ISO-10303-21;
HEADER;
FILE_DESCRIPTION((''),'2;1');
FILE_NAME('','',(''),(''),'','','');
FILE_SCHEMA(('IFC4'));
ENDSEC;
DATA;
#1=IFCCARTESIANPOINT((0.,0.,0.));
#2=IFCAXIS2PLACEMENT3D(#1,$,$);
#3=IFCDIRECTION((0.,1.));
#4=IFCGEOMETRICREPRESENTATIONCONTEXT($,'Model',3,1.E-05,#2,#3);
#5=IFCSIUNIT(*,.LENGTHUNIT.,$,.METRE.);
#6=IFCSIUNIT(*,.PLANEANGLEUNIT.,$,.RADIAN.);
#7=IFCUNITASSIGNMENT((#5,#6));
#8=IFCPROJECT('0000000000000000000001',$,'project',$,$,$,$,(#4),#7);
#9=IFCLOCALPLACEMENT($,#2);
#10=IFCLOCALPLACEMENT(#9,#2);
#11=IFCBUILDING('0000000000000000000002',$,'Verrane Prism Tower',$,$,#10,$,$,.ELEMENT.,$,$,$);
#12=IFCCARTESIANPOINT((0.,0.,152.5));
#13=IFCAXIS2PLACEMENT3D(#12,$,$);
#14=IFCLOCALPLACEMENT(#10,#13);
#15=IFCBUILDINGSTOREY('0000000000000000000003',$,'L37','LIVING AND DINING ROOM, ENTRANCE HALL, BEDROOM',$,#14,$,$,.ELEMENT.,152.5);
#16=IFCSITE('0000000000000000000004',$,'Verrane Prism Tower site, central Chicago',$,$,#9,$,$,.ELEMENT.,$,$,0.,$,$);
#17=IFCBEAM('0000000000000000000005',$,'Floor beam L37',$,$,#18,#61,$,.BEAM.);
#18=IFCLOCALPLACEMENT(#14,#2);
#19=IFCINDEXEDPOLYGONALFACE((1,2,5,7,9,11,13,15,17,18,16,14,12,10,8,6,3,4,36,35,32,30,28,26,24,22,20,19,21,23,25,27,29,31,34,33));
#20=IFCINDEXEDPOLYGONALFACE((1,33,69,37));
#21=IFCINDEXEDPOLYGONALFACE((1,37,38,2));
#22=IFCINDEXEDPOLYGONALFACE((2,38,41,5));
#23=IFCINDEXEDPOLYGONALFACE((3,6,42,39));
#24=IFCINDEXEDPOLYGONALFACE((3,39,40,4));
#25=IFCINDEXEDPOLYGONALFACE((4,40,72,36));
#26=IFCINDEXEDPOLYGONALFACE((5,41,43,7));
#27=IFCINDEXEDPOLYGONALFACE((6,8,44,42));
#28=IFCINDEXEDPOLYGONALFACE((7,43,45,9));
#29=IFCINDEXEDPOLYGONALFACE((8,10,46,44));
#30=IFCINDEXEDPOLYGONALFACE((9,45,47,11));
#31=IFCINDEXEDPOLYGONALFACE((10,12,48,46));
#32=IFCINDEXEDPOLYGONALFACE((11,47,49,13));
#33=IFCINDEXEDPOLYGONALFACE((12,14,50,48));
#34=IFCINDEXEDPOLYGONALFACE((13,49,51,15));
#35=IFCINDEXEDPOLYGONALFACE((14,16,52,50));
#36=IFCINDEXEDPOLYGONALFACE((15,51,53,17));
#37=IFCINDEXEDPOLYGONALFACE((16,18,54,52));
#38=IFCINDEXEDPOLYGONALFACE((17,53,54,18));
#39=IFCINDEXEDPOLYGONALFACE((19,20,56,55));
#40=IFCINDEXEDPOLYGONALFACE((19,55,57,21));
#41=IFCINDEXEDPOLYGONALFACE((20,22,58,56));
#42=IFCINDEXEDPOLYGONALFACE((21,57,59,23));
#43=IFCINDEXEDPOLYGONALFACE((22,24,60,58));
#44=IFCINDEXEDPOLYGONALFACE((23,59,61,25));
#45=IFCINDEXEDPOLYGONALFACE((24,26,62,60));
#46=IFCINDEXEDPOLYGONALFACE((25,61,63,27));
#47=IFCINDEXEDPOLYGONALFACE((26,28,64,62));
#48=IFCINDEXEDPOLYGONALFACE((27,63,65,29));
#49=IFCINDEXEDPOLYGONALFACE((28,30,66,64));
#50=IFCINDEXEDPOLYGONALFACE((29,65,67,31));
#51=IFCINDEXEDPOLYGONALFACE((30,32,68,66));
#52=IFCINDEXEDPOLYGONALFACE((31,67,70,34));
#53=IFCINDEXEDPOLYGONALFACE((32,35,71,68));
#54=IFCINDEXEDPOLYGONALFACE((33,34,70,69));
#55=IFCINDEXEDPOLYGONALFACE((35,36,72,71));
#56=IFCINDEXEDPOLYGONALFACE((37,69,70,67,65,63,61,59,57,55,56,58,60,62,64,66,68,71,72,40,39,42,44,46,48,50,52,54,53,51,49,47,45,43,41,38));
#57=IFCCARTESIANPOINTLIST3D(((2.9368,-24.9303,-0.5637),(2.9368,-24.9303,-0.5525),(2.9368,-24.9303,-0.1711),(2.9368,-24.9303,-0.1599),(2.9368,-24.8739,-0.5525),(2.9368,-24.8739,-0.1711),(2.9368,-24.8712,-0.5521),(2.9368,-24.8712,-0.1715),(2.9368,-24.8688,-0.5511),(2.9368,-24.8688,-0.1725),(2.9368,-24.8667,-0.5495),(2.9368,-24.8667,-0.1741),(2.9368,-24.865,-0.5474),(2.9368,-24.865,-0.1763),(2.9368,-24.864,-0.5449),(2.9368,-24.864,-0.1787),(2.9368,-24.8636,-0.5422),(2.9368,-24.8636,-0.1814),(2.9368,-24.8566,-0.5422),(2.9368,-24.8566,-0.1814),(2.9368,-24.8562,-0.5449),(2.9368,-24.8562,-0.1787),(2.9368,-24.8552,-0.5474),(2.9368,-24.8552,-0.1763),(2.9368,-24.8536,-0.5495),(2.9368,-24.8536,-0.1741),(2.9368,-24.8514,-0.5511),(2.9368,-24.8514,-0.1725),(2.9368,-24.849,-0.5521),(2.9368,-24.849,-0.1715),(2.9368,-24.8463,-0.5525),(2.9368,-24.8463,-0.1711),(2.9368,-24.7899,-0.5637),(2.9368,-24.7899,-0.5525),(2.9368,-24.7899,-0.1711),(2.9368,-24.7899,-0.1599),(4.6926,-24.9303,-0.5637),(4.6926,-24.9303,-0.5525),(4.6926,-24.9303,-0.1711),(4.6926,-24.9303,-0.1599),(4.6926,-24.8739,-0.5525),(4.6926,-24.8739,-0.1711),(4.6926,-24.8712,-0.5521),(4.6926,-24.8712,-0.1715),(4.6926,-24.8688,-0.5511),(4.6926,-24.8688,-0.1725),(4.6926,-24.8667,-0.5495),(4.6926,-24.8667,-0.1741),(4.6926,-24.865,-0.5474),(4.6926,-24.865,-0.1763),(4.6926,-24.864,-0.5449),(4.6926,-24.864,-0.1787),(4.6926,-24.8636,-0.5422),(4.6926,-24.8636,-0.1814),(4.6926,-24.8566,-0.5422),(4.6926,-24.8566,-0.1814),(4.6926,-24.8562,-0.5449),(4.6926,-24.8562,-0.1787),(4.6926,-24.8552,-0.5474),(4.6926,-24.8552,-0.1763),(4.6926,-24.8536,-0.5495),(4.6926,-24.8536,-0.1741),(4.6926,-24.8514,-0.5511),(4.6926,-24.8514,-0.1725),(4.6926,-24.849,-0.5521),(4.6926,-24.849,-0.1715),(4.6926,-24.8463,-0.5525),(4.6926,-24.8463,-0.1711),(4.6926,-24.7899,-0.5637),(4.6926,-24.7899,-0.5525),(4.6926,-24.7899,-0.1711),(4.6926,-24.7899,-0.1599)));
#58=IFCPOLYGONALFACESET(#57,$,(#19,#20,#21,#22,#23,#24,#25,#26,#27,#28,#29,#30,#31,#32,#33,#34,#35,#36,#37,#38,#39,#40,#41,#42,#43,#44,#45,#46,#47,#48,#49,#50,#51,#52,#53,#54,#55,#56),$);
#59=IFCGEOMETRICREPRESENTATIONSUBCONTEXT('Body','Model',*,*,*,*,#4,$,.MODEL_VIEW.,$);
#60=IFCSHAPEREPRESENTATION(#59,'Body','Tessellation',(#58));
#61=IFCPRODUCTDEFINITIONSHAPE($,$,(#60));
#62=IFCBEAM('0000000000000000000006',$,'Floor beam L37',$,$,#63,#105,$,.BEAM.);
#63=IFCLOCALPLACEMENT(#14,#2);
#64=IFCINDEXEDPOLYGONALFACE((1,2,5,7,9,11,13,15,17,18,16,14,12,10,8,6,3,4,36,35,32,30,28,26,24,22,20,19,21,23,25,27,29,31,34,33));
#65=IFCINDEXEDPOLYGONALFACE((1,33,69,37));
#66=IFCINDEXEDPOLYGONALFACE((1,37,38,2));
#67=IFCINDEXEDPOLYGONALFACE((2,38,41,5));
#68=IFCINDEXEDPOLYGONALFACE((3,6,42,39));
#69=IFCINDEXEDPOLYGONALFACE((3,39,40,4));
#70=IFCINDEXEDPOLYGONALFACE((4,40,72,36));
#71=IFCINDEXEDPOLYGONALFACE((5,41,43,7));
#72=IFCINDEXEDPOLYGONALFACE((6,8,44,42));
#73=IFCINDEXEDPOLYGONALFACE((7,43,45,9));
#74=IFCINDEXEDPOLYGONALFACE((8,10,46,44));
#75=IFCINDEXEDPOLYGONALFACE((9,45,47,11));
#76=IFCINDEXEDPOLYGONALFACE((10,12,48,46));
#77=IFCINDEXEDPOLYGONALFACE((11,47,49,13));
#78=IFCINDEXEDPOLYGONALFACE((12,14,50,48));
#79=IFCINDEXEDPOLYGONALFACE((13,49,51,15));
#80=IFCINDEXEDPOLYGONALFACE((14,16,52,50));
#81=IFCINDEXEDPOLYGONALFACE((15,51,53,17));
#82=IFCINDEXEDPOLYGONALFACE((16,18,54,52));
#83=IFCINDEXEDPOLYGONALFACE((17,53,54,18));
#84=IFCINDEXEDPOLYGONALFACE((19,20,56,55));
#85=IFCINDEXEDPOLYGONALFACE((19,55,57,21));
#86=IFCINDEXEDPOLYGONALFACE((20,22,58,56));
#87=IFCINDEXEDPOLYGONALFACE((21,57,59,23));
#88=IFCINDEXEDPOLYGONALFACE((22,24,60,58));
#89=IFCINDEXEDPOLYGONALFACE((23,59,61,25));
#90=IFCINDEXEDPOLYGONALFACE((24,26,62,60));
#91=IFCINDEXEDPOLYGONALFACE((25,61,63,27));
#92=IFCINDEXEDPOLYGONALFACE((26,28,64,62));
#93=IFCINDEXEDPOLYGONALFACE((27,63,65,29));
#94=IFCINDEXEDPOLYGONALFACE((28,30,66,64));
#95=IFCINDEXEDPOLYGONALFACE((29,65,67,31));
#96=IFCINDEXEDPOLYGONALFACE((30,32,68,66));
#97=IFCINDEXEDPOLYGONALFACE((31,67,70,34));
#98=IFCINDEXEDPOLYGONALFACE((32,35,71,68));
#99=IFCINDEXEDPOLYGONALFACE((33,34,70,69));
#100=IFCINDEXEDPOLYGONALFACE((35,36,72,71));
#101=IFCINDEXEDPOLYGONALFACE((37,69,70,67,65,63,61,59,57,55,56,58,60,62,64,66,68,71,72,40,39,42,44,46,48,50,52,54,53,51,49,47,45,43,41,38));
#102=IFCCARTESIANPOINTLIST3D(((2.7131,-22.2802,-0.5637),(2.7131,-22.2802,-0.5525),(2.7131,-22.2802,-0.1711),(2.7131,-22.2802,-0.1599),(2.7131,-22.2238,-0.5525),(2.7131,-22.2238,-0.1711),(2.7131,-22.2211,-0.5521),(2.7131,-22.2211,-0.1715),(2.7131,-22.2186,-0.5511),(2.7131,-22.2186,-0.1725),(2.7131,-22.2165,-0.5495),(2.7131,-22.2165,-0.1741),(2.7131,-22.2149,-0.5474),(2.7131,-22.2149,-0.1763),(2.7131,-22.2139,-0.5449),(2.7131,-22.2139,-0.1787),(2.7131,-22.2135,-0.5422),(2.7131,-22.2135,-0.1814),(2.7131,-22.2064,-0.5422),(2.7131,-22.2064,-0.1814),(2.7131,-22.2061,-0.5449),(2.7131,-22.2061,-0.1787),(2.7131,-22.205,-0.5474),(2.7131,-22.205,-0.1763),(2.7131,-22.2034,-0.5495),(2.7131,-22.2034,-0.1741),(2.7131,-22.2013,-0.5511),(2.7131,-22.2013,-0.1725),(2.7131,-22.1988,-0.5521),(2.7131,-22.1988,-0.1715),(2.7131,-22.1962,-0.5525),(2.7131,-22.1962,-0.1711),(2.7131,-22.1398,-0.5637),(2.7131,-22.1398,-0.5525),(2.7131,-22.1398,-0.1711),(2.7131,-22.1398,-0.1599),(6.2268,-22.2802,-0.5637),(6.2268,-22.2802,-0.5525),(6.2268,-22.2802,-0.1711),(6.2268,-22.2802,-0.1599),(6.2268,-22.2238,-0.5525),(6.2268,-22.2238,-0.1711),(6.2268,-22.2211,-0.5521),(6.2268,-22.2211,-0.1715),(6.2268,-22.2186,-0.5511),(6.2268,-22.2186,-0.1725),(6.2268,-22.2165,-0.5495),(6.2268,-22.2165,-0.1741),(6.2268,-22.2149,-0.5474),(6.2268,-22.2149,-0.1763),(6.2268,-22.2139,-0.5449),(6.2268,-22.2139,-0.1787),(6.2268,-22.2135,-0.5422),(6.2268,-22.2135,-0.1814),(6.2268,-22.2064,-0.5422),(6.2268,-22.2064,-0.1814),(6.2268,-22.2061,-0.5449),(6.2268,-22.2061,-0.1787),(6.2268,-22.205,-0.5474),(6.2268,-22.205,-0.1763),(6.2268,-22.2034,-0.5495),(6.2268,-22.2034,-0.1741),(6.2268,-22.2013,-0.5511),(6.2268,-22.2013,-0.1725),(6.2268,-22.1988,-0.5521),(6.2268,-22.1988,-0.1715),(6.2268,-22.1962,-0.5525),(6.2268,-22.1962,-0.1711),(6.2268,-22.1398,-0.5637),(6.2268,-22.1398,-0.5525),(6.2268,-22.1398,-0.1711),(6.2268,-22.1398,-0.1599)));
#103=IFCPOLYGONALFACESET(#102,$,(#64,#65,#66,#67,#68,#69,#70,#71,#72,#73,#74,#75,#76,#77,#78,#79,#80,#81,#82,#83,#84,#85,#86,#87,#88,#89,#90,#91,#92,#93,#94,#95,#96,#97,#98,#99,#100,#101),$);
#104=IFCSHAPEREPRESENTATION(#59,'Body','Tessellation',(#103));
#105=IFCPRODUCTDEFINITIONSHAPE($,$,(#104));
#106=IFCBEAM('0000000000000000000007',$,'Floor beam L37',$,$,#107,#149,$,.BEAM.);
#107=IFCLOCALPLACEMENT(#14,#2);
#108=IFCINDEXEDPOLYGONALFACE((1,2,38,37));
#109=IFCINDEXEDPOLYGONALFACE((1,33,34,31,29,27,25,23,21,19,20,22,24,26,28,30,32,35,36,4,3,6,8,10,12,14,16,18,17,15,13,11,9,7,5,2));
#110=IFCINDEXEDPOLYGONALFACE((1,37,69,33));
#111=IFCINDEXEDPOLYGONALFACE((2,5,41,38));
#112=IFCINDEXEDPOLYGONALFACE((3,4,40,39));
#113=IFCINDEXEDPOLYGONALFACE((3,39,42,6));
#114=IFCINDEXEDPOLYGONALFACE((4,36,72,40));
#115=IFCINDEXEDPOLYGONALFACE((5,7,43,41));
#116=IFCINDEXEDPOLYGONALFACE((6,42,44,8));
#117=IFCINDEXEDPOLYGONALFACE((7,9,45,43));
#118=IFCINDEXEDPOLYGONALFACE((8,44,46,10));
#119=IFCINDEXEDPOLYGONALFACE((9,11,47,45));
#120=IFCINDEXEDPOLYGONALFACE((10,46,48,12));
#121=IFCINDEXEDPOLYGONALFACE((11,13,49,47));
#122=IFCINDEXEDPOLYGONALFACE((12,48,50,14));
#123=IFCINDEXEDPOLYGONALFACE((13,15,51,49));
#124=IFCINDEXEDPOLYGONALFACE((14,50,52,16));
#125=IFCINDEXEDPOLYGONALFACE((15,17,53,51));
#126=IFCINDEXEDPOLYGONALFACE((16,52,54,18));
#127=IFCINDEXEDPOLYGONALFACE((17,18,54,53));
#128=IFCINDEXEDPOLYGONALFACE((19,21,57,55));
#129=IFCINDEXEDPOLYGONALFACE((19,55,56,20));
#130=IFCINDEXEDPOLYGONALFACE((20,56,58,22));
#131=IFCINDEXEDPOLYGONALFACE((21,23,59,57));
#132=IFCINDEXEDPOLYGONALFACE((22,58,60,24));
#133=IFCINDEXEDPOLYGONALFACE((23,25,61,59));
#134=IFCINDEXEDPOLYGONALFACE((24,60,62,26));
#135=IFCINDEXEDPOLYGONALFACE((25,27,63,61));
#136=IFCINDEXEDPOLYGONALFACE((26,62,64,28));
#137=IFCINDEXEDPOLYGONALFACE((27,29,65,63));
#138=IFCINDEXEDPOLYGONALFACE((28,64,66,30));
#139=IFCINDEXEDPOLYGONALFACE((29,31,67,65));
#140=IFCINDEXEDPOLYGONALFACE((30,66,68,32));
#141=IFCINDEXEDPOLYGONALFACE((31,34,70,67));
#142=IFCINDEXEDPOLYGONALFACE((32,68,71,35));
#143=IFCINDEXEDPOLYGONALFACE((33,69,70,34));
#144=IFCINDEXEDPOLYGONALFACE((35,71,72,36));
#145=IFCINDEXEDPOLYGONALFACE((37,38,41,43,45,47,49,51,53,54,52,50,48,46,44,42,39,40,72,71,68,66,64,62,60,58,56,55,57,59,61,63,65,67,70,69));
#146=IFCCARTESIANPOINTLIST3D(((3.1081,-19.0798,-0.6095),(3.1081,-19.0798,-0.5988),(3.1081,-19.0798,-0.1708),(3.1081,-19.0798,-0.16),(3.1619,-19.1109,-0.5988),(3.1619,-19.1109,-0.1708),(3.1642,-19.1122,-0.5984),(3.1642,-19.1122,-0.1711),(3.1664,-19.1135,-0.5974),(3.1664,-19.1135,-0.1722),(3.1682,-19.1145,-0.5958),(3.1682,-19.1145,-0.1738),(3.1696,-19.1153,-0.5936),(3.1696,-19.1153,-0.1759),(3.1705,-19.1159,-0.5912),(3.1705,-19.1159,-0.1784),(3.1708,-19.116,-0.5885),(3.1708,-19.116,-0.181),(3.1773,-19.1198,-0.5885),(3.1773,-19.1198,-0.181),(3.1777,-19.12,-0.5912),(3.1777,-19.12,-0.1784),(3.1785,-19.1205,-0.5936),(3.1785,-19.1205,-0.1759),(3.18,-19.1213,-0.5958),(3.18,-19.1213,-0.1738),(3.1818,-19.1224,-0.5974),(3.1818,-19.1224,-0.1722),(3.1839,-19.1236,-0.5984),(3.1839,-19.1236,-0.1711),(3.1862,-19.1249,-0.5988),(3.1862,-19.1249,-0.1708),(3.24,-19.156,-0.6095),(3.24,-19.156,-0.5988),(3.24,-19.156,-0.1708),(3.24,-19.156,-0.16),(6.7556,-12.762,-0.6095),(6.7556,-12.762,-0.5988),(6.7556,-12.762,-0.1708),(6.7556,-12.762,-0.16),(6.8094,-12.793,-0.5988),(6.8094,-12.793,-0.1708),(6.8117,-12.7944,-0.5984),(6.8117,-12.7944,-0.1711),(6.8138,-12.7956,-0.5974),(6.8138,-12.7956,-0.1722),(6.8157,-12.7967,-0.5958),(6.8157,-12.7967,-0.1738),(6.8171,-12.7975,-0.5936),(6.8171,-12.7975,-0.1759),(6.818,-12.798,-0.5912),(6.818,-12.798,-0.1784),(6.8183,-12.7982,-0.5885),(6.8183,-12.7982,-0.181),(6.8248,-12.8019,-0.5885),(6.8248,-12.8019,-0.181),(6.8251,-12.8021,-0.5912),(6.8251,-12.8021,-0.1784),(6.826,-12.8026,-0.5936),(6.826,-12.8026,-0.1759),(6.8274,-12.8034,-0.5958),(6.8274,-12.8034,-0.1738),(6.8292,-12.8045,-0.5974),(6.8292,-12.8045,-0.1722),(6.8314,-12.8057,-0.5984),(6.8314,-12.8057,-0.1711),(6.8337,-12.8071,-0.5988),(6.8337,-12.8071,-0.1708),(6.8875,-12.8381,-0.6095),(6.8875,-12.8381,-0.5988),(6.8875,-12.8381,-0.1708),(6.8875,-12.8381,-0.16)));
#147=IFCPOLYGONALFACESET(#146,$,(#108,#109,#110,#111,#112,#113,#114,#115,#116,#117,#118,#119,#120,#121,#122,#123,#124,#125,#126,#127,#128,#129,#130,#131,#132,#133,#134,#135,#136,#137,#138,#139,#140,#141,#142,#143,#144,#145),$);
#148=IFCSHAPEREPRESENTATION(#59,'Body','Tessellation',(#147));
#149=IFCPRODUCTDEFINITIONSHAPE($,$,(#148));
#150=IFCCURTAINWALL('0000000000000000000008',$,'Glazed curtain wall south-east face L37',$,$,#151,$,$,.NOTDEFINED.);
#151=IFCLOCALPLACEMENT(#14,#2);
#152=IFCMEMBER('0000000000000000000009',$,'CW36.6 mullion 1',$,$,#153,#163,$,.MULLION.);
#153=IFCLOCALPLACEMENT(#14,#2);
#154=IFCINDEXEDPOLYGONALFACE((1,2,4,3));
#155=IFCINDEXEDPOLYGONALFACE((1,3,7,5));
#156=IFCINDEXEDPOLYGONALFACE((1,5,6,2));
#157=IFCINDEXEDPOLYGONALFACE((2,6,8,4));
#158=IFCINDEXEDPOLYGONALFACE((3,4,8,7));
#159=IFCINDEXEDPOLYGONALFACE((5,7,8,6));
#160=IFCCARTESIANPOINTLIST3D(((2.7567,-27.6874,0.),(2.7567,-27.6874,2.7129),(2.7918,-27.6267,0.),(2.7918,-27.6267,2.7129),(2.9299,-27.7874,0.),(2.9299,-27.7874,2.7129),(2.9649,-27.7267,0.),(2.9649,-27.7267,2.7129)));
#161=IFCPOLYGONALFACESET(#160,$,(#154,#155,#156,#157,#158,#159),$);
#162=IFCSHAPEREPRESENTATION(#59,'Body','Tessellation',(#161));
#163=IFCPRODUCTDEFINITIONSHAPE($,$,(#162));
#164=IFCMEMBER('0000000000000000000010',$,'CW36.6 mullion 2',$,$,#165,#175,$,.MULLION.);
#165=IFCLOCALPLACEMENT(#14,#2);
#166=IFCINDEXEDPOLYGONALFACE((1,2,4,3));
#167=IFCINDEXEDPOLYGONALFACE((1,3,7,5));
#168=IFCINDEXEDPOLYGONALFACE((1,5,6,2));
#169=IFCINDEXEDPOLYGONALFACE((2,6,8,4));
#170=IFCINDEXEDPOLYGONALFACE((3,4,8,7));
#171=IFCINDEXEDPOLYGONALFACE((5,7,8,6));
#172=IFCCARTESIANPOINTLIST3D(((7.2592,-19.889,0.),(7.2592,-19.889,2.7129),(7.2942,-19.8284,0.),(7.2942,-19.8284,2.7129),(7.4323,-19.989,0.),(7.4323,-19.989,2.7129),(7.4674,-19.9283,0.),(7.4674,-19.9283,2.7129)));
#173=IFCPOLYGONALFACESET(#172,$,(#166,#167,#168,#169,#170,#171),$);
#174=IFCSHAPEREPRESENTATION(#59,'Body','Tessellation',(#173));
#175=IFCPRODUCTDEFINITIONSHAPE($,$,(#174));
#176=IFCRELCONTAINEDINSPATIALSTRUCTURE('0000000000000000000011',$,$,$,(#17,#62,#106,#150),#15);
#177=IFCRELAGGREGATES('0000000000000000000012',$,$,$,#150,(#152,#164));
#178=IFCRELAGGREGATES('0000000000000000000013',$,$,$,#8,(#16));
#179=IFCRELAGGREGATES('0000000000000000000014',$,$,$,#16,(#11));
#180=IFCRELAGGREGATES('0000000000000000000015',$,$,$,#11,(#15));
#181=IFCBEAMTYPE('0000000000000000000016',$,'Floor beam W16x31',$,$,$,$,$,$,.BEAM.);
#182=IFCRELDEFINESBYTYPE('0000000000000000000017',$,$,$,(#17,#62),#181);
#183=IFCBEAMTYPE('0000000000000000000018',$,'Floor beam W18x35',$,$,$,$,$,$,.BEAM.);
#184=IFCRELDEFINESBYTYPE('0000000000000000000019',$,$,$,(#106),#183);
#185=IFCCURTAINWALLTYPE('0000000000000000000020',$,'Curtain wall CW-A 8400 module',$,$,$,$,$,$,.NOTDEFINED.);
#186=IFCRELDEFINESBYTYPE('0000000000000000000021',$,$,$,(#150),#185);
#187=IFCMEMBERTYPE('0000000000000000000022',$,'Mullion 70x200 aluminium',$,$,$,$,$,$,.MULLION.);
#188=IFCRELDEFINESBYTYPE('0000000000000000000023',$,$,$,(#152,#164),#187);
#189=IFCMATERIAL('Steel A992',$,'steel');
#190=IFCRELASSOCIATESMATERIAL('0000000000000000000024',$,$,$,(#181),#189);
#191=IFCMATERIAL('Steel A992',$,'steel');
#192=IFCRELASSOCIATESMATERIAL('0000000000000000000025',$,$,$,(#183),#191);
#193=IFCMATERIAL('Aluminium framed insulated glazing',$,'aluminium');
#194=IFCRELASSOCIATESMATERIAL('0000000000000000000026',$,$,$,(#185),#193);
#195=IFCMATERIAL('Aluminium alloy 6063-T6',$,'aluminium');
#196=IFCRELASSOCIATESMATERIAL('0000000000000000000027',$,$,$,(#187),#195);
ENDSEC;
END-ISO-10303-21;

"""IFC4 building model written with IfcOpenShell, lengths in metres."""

from ifc_helpers import new_model, si_unit, direction, frame, origin, origin_2d, place, context, subcontext, project, spatial, rectangle, i_section, extrude, material, material_profile, profile_set, type_object, element, aggregate, save


model = new_model("IFC4")

# Units and contexts
model_context = context("Model", 3, precision=1e-05, world=origin(), true_north=direction((0.0, 1.0)))
body_context = subcontext(model_context, "Body", "Model", "MODEL_VIEW")
ifc_project = project(units=[si_unit("LENGTHUNIT", "METRE"), si_unit("PLANEANGLEUNIT", "RADIAN")], contexts=[model_context])

# Site, building, storey
site_placement = place(None, origin())
site = spatial("IfcSite", under=ifc_project, at=site_placement, Name="Verrane Prism Tower site, central Chicago", CompositionType="ELEMENT", RefElevation=0.0)
building_placement = place(site_placement, origin())
building = spatial("IfcBuilding", under=site, at=building_placement, Name="Verrane Prism Tower", CompositionType="ELEMENT")
storey_placement = place(building_placement, frame((0.0, 0.0, 152.5)))
storey = spatial("IfcBuildingStorey", under=building, at=storey_placement, Name="L37", Description="LIVING AND DINING ROOM, ENTRANCE HALL, BEDROOM", CompositionType="ELEMENT", Elevation=152.5)

# Beams
ifc_material_1 = material(Name="Steel A992", Category="steel")
ifc_material_profile_1 = material_profile(ifc_material_1, i_section(OverallWidth=0.1404, OverallDepth=0.4038, WebThickness=0.0071, FlangeThickness=0.0112, FilletRadius=0.0103, at=origin_2d()), Name="W16x31")
ifc_profile_set_1 = profile_set([ifc_material_profile_1], Name="Steel A992")
beam_type_1 = type_object("IfcBeamType", Name="Floor beam W16x31", PredefinedType="BEAM", material=ifc_profile_set_1)
beam_1_placement = place(storey_placement, frame((2.9368, -24.8601, -0.3618), z_axis=(1.0, 0.0, 0.0), x_axis=(0.0, 1.0, 0.0)))
element("IfcBeam", 1, at=beam_1_placement, inside=storey, type_object=beam_type_1, Name="Floor beam L37", PredefinedType="BEAM", context=body_context, shape_type="SweptSolid", body=[
    extrude(i_section(OverallWidth=0.1404, OverallDepth=0.4038, WebThickness=0.0071, FlangeThickness=0.0112, FilletRadius=0.0103, at=origin_2d()), origin(), (0.0, 0.0, 1.0), 1.7559),
])
beam_2_placement = place(storey_placement, frame((2.7131, -22.21, -0.3618), z_axis=(1.0, 0.0, 0.0), x_axis=(0.0, 1.0, 0.0)))
element("IfcBeam", 2, at=beam_2_placement, inside=storey, type_object=beam_type_1, Name="Floor beam L37", PredefinedType="BEAM", context=body_context, shape_type="SweptSolid", body=[
    extrude(i_section(OverallWidth=0.1404, OverallDepth=0.4038, WebThickness=0.0071, FlangeThickness=0.0112, FilletRadius=0.0103, at=origin_2d()), origin(), (0.0, 0.0, 1.0), 3.5137),
])
ifc_material_2 = material(Name="Steel A992", Category="steel")
ifc_material_profile_2 = material_profile(ifc_material_2, i_section(OverallWidth=0.1523, OverallDepth=0.4495, WebThickness=0.0076, FlangeThickness=0.0107, FilletRadius=0.0103, at=origin_2d()), Name="W18x35")
ifc_profile_set_2 = profile_set([ifc_material_profile_2], Name="Steel A992")
beam_type_2 = type_object("IfcBeamType", Name="Floor beam W18x35", PredefinedType="BEAM", material=ifc_profile_set_2)
beam_3_placement = place(storey_placement, frame((3.1741, -19.1179, -0.3848), z_axis=(0.499983, 0.866035, 0.0), x_axis=(-0.866035, 0.499983, 0.0)))
element("IfcBeam", 3, at=beam_3_placement, inside=storey, type_object=beam_type_2, Name="Floor beam L37", PredefinedType="BEAM", context=body_context, shape_type="SweptSolid", body=[
    extrude(i_section(OverallWidth=0.1523, OverallDepth=0.4495, WebThickness=0.0076, FlangeThickness=0.0107, FilletRadius=0.0103, at=origin_2d()), origin(), (0.0, 0.0, 1.0), 7.2952),
])

# Curtain wall, members
ifc_material_3 = material(Name="Aluminium framed insulated glazing", Category="aluminium")
curtain_wall_type = type_object("IfcCurtainWallType", Name="Curtain wall CW-A 8400 module", PredefinedType="NOTDEFINED", material=ifc_material_3)
curtain_wall_1_placement = place(storey_placement, origin())
curtain_wall_1 = element("IfcCurtainWall", 4, at=curtain_wall_1_placement, inside=storey, type_object=curtain_wall_type, Name="Glazed curtain wall south-east face L37", PredefinedType="NOTDEFINED")
ifc_material_4 = material(Name="Aluminium alloy 6063-T6", Category="aluminium")
ifc_material_profile_3 = material_profile(ifc_material_4, rectangle(XDim=0.2, YDim=0.0701, at=origin_2d()), Name="Mullion 70x200 aluminium")
ifc_profile_set_3 = profile_set([ifc_material_profile_3], Name="Aluminium alloy 6063-T6")
member_type_1 = type_object("IfcMemberType", Name="Mullion 70x200 aluminium", PredefinedType="MULLION", material=ifc_profile_set_3)
member_1_placement = place(storey_placement, frame((2.8608, -27.707, 0.0), z_axis=(0.0, 0.0, 1.0), x_axis=(-0.866025, 0.500001, 0.0)))
member_1 = element("IfcMember", 5, at=member_1_placement, type_object=member_type_1, Name="CW36.6 mullion 1", PredefinedType="MULLION", context=body_context, shape_type="SweptSolid", body=[
    extrude(rectangle(XDim=0.2, YDim=0.0701, at=origin_2d()), origin(), (0.0, 0.0, 1.0), 2.7129),
])
member_2_placement = place(storey_placement, frame((7.3633, -19.9087, 0.0), z_axis=(0.0, 0.0, 1.0), x_axis=(-0.866025, 0.500001, 0.0)))
member_2 = element("IfcMember", 6, at=member_2_placement, type_object=member_type_1, Name="CW36.6 mullion 2", PredefinedType="MULLION", context=body_context, shape_type="SweptSolid", body=[
    extrude(rectangle(XDim=0.2, YDim=0.0701, at=origin_2d()), origin(), (0.0, 0.0, 1.0), 2.7129),
])

aggregate(curtain_wall_1, [member_1, member_2])

save(model, "model.ifc")
